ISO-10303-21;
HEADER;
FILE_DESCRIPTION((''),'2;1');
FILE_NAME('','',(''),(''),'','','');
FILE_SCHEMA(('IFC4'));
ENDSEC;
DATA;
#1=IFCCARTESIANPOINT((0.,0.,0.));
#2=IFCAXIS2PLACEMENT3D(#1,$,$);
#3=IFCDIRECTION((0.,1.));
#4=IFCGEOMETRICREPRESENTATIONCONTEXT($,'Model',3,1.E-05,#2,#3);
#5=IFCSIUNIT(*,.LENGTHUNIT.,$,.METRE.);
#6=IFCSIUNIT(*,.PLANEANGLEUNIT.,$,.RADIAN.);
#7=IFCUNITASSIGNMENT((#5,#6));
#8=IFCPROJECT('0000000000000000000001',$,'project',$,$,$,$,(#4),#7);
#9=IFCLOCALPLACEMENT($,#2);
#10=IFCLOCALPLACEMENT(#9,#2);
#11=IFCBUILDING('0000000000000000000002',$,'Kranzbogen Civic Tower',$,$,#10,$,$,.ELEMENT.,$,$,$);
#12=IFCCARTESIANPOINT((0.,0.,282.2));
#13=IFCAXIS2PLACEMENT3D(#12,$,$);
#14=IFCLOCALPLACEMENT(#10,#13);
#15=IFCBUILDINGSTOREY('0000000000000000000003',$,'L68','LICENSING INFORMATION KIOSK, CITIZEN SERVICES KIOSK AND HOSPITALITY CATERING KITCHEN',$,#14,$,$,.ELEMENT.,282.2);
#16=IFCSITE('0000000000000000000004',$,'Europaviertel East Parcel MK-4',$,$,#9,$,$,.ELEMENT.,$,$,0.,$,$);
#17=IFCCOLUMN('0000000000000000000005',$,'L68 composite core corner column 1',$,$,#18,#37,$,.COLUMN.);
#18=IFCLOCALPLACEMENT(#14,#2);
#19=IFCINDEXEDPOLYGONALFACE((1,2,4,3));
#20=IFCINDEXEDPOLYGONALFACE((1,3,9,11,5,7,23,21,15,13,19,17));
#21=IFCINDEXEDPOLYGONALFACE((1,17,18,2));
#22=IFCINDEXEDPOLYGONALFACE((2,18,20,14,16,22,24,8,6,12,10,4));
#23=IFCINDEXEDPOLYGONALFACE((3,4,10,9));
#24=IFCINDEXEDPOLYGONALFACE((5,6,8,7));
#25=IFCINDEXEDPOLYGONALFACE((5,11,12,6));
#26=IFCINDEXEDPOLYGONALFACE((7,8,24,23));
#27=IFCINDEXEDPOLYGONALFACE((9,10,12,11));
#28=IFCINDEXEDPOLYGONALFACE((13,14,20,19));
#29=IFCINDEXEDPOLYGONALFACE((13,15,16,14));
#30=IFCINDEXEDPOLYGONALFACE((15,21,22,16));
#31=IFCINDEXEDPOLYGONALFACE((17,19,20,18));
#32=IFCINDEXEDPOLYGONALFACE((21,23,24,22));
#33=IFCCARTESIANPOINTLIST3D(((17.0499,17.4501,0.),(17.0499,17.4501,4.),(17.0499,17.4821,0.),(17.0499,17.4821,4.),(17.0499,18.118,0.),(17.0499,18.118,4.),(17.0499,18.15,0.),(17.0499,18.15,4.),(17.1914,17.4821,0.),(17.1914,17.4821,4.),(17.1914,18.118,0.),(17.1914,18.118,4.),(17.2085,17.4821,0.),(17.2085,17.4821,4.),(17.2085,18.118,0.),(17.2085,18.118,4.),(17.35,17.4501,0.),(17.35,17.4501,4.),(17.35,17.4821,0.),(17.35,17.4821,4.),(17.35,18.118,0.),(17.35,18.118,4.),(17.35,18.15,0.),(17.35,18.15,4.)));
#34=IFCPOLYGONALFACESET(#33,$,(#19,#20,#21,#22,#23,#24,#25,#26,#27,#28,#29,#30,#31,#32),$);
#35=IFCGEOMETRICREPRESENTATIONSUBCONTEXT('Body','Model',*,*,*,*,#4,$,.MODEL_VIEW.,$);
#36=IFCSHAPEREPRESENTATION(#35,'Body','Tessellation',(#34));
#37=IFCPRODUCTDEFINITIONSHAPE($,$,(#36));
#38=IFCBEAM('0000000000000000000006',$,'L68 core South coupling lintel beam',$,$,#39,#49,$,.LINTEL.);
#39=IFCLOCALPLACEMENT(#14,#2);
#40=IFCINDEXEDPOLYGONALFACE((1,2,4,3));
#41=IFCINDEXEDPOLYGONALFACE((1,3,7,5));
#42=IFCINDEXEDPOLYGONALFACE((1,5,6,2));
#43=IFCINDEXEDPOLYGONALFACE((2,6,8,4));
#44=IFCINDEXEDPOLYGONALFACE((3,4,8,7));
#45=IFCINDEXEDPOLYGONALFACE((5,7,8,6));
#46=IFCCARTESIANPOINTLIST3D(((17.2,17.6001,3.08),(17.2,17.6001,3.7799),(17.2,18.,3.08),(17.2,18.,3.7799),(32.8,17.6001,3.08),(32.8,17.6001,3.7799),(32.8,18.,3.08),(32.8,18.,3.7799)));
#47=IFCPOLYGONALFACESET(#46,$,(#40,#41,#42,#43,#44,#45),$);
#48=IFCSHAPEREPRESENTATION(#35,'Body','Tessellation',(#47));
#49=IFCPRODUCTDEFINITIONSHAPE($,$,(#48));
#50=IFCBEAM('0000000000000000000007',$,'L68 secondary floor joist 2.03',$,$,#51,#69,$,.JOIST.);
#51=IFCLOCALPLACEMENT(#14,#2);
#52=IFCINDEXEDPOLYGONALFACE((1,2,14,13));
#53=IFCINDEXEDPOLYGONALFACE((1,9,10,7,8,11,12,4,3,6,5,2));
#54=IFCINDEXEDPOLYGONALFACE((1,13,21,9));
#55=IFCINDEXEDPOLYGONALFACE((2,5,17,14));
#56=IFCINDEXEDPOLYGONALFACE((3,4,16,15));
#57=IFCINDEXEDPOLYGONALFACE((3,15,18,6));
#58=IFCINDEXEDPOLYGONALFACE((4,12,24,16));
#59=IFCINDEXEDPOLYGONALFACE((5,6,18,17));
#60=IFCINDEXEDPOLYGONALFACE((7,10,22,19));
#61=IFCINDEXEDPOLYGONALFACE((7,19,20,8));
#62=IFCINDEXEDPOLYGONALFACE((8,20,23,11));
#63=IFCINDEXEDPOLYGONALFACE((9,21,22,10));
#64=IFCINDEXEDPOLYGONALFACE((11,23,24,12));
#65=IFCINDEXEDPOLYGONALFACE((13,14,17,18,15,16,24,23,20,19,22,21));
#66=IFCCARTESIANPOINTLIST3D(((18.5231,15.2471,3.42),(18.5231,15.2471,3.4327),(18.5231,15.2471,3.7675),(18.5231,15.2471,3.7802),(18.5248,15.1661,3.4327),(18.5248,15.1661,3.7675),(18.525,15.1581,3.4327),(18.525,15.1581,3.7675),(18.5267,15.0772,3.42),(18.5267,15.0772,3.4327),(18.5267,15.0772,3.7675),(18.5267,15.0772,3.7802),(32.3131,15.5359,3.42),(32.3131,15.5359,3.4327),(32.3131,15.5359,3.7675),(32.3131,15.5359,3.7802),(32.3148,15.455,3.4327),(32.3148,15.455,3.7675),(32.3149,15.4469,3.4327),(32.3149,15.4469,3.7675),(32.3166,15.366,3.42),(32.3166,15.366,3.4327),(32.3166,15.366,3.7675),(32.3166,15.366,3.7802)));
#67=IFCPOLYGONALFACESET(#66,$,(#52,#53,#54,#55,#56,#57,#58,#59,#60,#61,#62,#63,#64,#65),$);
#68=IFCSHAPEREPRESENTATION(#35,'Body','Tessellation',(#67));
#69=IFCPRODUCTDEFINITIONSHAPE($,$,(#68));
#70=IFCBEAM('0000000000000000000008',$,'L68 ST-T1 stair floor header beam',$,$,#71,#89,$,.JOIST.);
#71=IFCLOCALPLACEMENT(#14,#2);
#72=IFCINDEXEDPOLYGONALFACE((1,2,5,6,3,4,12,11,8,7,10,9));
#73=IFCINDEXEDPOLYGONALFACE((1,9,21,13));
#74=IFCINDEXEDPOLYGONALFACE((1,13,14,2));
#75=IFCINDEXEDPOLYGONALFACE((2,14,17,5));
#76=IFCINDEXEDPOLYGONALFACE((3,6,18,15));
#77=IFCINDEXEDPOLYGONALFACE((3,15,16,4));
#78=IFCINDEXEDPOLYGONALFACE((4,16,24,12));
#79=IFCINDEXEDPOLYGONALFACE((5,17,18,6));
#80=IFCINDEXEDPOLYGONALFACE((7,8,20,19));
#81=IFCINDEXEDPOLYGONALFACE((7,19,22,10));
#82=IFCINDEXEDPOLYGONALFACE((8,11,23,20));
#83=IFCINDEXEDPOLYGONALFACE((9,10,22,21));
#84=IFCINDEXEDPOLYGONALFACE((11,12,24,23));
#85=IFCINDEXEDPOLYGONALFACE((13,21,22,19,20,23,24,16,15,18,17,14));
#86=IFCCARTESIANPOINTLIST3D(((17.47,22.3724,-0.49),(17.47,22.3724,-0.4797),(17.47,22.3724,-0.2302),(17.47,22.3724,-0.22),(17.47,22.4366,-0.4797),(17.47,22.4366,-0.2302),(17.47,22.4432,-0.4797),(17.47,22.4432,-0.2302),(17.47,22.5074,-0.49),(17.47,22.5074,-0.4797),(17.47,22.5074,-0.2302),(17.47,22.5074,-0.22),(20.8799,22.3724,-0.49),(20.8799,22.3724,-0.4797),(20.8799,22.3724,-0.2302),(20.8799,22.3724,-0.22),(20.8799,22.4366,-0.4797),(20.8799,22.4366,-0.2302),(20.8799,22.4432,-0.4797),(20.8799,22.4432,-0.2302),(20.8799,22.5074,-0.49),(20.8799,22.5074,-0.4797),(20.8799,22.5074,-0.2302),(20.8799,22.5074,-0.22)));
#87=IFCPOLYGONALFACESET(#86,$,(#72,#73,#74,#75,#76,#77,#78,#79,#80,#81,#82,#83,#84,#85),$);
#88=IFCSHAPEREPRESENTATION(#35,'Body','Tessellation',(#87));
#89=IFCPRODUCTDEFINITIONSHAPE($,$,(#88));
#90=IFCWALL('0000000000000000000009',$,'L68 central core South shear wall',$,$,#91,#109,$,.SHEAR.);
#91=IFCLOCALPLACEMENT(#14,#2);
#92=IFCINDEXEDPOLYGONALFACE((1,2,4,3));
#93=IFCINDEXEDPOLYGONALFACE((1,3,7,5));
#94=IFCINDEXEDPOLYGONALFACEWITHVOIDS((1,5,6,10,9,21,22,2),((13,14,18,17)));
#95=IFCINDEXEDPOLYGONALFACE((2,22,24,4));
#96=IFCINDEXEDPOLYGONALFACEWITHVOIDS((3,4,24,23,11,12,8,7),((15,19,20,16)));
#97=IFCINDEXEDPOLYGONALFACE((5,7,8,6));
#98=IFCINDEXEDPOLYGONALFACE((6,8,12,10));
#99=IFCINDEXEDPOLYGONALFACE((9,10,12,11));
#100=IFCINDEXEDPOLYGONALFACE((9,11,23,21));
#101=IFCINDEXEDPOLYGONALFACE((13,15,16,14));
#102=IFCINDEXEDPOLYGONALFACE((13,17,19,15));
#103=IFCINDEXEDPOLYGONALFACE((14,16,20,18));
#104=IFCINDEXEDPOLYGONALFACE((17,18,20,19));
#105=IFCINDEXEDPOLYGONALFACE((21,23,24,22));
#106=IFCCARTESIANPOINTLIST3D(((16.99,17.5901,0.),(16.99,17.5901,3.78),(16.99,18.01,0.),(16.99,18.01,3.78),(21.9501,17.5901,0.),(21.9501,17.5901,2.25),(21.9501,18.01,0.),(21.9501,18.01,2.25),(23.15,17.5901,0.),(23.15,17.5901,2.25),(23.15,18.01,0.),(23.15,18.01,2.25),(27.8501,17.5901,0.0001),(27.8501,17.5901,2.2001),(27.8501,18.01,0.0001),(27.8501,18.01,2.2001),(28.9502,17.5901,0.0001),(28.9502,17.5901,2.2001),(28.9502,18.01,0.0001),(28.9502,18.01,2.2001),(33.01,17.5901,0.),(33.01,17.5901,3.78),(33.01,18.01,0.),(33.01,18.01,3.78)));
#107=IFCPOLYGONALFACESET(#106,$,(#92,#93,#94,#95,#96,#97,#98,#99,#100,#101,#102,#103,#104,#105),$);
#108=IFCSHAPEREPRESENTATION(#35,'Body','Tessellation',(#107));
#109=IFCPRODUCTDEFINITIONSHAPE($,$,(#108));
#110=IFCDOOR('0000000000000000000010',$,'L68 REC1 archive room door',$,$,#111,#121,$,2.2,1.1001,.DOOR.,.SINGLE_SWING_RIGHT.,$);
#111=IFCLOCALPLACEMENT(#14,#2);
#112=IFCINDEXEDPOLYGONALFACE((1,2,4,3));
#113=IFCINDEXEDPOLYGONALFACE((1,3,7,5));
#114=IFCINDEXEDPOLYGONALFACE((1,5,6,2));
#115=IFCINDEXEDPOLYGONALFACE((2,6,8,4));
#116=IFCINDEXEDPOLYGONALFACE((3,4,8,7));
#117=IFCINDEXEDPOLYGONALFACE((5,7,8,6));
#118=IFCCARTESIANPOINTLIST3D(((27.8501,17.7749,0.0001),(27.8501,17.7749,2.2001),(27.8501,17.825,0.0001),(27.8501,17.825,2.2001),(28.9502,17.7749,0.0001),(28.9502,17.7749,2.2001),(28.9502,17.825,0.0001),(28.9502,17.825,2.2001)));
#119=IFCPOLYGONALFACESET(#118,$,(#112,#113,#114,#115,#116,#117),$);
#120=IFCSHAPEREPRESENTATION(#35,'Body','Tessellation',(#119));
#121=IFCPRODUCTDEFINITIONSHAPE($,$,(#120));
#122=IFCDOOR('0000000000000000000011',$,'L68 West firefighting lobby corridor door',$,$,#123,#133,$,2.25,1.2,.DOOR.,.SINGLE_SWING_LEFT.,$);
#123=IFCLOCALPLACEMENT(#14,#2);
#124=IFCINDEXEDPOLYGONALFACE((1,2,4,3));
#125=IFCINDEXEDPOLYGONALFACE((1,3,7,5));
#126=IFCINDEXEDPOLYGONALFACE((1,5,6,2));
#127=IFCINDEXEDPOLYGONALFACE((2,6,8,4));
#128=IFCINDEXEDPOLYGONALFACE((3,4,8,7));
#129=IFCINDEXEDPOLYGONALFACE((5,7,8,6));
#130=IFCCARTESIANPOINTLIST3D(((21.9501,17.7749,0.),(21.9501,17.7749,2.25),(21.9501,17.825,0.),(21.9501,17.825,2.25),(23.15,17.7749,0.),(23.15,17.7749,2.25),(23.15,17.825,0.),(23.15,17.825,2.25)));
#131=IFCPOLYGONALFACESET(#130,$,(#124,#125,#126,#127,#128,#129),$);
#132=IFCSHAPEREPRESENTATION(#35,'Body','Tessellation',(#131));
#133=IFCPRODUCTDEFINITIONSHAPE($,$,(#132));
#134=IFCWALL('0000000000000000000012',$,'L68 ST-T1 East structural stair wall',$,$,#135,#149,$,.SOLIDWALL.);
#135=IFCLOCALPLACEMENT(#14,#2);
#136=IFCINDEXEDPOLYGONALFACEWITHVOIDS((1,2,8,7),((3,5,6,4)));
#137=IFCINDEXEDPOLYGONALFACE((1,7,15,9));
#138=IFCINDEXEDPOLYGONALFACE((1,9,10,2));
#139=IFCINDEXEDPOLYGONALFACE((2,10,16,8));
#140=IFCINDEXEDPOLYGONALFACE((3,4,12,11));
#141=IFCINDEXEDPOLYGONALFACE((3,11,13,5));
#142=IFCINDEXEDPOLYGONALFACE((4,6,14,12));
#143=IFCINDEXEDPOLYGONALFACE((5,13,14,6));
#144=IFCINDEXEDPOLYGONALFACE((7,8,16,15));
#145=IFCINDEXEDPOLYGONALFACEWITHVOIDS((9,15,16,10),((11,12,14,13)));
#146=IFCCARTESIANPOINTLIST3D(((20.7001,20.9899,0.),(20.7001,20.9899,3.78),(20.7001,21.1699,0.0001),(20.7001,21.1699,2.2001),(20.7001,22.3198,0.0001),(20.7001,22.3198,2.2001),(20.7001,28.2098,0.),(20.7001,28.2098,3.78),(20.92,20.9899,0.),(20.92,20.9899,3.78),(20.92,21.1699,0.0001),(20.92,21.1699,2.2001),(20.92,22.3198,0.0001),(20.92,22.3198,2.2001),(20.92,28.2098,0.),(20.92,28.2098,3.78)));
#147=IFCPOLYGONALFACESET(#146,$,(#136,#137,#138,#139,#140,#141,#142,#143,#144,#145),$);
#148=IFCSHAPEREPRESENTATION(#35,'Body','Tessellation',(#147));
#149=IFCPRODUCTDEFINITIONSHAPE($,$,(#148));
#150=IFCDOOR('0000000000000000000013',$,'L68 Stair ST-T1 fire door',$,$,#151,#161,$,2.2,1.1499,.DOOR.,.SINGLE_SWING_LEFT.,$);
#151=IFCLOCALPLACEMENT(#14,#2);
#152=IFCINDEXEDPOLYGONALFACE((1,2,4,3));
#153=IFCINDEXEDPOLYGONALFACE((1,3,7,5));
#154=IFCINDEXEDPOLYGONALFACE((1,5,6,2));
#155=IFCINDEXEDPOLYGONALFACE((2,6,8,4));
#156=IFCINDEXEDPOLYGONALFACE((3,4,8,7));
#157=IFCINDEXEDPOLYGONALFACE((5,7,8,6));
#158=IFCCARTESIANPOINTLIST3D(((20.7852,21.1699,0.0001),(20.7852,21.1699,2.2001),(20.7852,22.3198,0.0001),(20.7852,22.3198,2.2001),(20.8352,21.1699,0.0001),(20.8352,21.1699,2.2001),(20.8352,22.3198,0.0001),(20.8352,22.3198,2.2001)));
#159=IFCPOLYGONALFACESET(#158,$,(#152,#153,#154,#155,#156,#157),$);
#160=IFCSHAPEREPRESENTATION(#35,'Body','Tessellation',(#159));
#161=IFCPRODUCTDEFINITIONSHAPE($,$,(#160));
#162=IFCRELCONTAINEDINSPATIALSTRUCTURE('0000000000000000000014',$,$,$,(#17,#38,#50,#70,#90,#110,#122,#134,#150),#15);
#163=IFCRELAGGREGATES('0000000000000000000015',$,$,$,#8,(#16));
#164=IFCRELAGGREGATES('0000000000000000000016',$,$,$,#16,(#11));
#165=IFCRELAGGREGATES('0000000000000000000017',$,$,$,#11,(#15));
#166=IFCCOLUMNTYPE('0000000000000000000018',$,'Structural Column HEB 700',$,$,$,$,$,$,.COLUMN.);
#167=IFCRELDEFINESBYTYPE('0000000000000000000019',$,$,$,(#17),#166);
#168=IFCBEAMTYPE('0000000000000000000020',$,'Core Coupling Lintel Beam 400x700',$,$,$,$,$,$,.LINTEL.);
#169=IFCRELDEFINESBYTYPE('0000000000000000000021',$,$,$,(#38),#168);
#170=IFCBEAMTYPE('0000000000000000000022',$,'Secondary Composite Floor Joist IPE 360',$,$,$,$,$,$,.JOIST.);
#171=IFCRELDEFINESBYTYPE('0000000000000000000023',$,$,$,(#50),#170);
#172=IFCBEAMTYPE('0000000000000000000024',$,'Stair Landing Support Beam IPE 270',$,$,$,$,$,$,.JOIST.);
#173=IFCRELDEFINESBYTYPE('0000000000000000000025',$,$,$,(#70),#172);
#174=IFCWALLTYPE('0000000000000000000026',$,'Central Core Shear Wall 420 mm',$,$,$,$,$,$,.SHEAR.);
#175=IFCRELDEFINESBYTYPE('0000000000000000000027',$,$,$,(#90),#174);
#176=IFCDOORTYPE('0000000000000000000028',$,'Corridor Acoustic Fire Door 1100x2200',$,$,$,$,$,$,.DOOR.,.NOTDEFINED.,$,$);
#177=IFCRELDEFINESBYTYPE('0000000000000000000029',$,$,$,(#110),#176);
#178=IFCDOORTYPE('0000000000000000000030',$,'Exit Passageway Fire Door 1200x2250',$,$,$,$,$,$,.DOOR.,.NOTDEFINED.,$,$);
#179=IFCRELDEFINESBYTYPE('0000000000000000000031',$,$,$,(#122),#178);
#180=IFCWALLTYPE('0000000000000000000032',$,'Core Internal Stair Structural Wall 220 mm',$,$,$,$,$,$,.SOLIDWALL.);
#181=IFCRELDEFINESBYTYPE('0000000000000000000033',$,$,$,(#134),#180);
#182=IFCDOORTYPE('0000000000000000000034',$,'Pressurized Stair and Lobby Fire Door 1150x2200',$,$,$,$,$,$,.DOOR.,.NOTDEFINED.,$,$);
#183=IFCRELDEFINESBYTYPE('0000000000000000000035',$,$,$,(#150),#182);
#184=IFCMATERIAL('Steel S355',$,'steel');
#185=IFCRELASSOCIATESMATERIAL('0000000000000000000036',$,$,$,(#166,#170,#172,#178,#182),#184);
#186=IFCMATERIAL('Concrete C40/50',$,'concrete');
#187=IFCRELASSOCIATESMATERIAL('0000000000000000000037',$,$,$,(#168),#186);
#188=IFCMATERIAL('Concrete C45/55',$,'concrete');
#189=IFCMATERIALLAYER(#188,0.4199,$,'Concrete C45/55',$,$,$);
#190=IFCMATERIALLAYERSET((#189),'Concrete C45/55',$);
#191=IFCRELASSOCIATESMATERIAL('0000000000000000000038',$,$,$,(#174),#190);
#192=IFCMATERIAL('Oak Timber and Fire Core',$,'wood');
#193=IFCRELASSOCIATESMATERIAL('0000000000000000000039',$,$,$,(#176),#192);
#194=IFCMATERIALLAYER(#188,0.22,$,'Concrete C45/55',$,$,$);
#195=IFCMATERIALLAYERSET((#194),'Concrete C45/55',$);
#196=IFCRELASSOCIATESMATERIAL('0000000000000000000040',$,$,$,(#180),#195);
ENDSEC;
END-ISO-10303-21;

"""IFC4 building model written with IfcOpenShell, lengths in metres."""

from ifc_helpers import new_model, si_unit, direction, frame, frame_2d, origin, origin_2d, place, context, subcontext, project, spatial, rectangle, i_section, extrude, material, layer, layer_set, material_profile, profile_set, type_object, element, fill, save


model = new_model("IFC4")

# Units and contexts
model_context = context("Model", 3, precision=1e-05, world=origin(), true_north=direction((0.0, 1.0)))
body_context = subcontext(model_context, "Body", "Model", "MODEL_VIEW")
ifc_project = project(units=[si_unit("LENGTHUNIT", "METRE"), si_unit("PLANEANGLEUNIT", "RADIAN")], contexts=[model_context])

# Site, building, storey
site_placement = place(None, origin())
site = spatial("IfcSite", under=ifc_project, at=site_placement, Name="Europaviertel East Parcel MK-4", CompositionType="ELEMENT", RefElevation=0.0)
building_placement = place(site_placement, origin())
building = spatial("IfcBuilding", under=site, at=building_placement, Name="Kranzbogen Civic Tower", CompositionType="ELEMENT")
storey_placement = place(building_placement, frame((0.0, 0.0, 282.2)))
storey = spatial("IfcBuildingStorey", under=building, at=storey_placement, Name="L68", Description="LICENSING INFORMATION KIOSK, CITIZEN SERVICES KIOSK AND HOSPITALITY CATERING KITCHEN", CompositionType="ELEMENT", Elevation=282.2)

# Column
ifc_material_1 = material(Name="Steel S355", Category="steel")
ifc_material_profile_1 = material_profile(ifc_material_1, i_section(OverallWidth=0.3, OverallDepth=0.7, WebThickness=0.0171, FlangeThickness=0.032, at=origin_2d()), Name="HEB 700")
ifc_profile_set_1 = profile_set([ifc_material_profile_1], Name="Steel S355")
column_type = type_object("IfcColumnType", Name="Structural Column HEB 700", PredefinedType="COLUMN", material=ifc_profile_set_1)
column_placement = place(storey_placement, frame((17.2, 17.8, 0.0), z_axis=(0.0, 0.0, 1.0), x_axis=(1.0, 0.0, 0.0)))
element("IfcColumn", 1, at=column_placement, inside=storey, type_object=column_type, Name="L68 composite core corner column 1", PredefinedType="COLUMN", context=body_context, shape_type="SweptSolid", body=[
    extrude(i_section(OverallWidth=0.3, OverallDepth=0.7, WebThickness=0.0171, FlangeThickness=0.032, at=origin_2d()), origin(), (0.0, 0.0, 1.0), 4.0),
])

# Beams
ifc_material_2 = material(Name="Concrete C40/50", Category="concrete")
ifc_material_profile_2 = material_profile(ifc_material_2, rectangle(XDim=0.3999, YDim=0.7, at=origin_2d()), Name="RC-BM 400x700")
ifc_profile_set_2 = profile_set([ifc_material_profile_2], Name="Concrete C40/50")
beam_type_1 = type_object("IfcBeamType", Name="Core Coupling Lintel Beam 400x700", PredefinedType="LINTEL", material=ifc_profile_set_2)
beam_1_placement = place(storey_placement, frame((17.2, 17.8, 3.4299), z_axis=(1.0, 0.0, 0.0), x_axis=(0.0, 1.0, 0.0)))
element("IfcBeam", 2, at=beam_1_placement, inside=storey, type_object=beam_type_1, Name="L68 core South coupling lintel beam", PredefinedType="LINTEL", context=body_context, shape_type="SweptSolid", body=[
    extrude(rectangle(XDim=0.3999, YDim=0.7, at=origin_2d()), origin(), (0.0, 0.0, 1.0), 15.6001),
])
ifc_material_profile_3 = material_profile(ifc_material_1, i_section(OverallWidth=0.1699, OverallDepth=0.3601, WebThickness=0.0081, FlangeThickness=0.0127, at=origin_2d()), Name="IPE 360")
ifc_profile_set_3 = profile_set([ifc_material_profile_3], Name="Steel S355")
beam_type_2 = type_object("IfcBeamType", Name="Secondary Composite Floor Joist IPE 360", PredefinedType="JOIST", material=ifc_profile_set_3)
beam_2_placement = place(storey_placement, frame((18.5249, 15.1621, 3.6001), z_axis=(0.999781, 0.020939, 0.0), x_axis=(-0.020939, 0.999781, 0.0)))
element("IfcBeam", 3, at=beam_2_placement, inside=storey, type_object=beam_type_2, Name="L68 secondary floor joist 2.03", PredefinedType="JOIST", context=body_context, shape_type="SweptSolid", body=[
    extrude(i_section(OverallWidth=0.1699, OverallDepth=0.3601, WebThickness=0.0081, FlangeThickness=0.0127, at=origin_2d()), origin(), (0.0, 0.0, 1.0), 13.793),
])
ifc_material_profile_4 = material_profile(ifc_material_1, i_section(OverallWidth=0.135, OverallDepth=0.27, WebThickness=0.0066, FlangeThickness=0.0103, at=origin_2d()), Name="IPE 270")
ifc_profile_set_4 = profile_set([ifc_material_profile_4], Name="Steel S355")
beam_type_3 = type_object("IfcBeamType", Name="Stair Landing Support Beam IPE 270", PredefinedType="JOIST", material=ifc_profile_set_4)
beam_3_placement = place(storey_placement, frame((20.8799, 22.4399, -0.355), z_axis=(-1.0, 0.0, 0.0), x_axis=(0.0, -1.0, 0.0)))
element("IfcBeam", 4, at=beam_3_placement, inside=storey, type_object=beam_type_3, Name="L68 ST-T1 stair floor header beam", PredefinedType="JOIST", context=body_context, shape_type="SweptSolid", body=[
    extrude(i_section(OverallWidth=0.135, OverallDepth=0.27, WebThickness=0.0066, FlangeThickness=0.0103, at=origin_2d()), origin(), (0.0, 0.0, 1.0), 3.4099),
])

# Wall, openings, doors
ifc_material_3 = material(Name="Concrete C45/55", Category="concrete")
ifc_layer_1 = layer(ifc_material_3, 0.4199, Name="Concrete C45/55")
ifc_layer_set_1 = layer_set([ifc_layer_1], Name="Concrete C45/55")
wall_type_1 = type_object("IfcWallType", Name="Central Core Shear Wall 420 mm", PredefinedType="SHEAR", material=ifc_layer_set_1)
wall_1_placement = place(storey_placement, frame((16.99, 17.8, 0.0), z_axis=(0.0, 0.0, 1.0), x_axis=(1.0, 0.0, 0.0)))
wall_1 = element("IfcWall", 5, at=wall_1_placement, inside=storey, type_object=wall_type_1, Name="L68 central core South shear wall", PredefinedType="SHEAR", context=body_context, shape_type="SweptSolid", body=[
    extrude(rectangle(XDim=16.02, YDim=0.4199, at=frame_2d((8.01, 0.0))), origin(), (0.0, 0.0, 1.0), 3.78),
])
opening_1_placement = place(wall_1_placement, frame((4.96, 0.0, 0.0)))
opening_1 = element("IfcOpeningElement", 6, at=opening_1_placement, cuts=wall_1, PredefinedType="OPENING", context=body_context, shape_type="SweptSolid", body=[
    extrude(rectangle(XDim=1.2, YDim=2.25, at=frame_2d((0.6001, 1.125))), frame((0.0, 0.22, 0.0), z_axis=(0.0, -1.0, 0.0), x_axis=(1.0, 0.0, 0.0)), (0.0, 0.0, 1.0), 0.4399),
])
opening_2_placement = place(wall_1_placement, frame((10.8601, 0.0, 0.0)))
opening_2 = element("IfcOpeningElement", 7, at=opening_2_placement, cuts=wall_1, PredefinedType="OPENING", context=body_context, shape_type="SweptSolid", body=[
    extrude(rectangle(XDim=1.1001, YDim=2.2, at=frame_2d((0.55, 1.1001))), frame((0.0, 0.22, 0.0), z_axis=(0.0, -1.0, 0.0), x_axis=(1.0, 0.0, 0.0)), (0.0, 0.0, 1.0), 0.4399),
])
ifc_material_4 = material(Name="Oak Timber and Fire Core", Category="wood")
door_type_1 = type_object("IfcDoorType", Name="Corridor Acoustic Fire Door 1100x2200", OperationType="NOTDEFINED", PredefinedType="DOOR", material=ifc_material_4)
door_1_placement = place(opening_2_placement, origin())
door_1 = element("IfcDoor", 8, at=door_1_placement, inside=storey, type_object=door_type_1, Name="L68 REC1 archive room door", OperationType="SINGLE_SWING_RIGHT", OverallHeight=2.2, OverallWidth=1.1001, PredefinedType="DOOR", context=body_context, shape_type="SweptSolid", body=[
    extrude(rectangle(XDim=1.1001, YDim=2.2, at=frame_2d((0.55, 1.1001))), frame((0.0, 0.0249, 0.0), z_axis=(0.0, -1.0, 0.0), x_axis=(1.0, 0.0, 0.0)), (0.0, 0.0, 1.0), 0.05),
])
fill(opening_2, door_1)
door_type_2 = type_object("IfcDoorType", Name="Exit Passageway Fire Door 1200x2250", OperationType="NOTDEFINED", PredefinedType="DOOR", material=ifc_material_1)
door_2_placement = place(opening_1_placement, origin())
door_2 = element("IfcDoor", 9, at=door_2_placement, inside=storey, type_object=door_type_2, Name="L68 West firefighting lobby corridor door", OperationType="SINGLE_SWING_LEFT", OverallHeight=2.25, OverallWidth=1.2, PredefinedType="DOOR", context=body_context, shape_type="SweptSolid", body=[
    extrude(rectangle(XDim=1.2, YDim=2.25, at=frame_2d((0.6001, 1.125))), frame((0.0, 0.0249, 0.0), z_axis=(0.0, -1.0, 0.0), x_axis=(1.0, 0.0, 0.0)), (0.0, 0.0, 1.0), 0.05),
])
fill(opening_1, door_2)

# Wall, opening, door
ifc_layer_2 = layer(ifc_material_3, 0.22, Name="Concrete C45/55")
ifc_layer_set_2 = layer_set([ifc_layer_2], Name="Concrete C45/55")
wall_type_2 = type_object("IfcWallType", Name="Core Internal Stair Structural Wall 220 mm", PredefinedType="SOLIDWALL", material=ifc_layer_set_2)
wall_2_placement = place(storey_placement, frame((20.8101, 20.99, 0.0), z_axis=(0.0, 0.0, 1.0), x_axis=(0.0, 1.0, 0.0)))
wall_2 = element("IfcWall", 10, at=wall_2_placement, inside=storey, type_object=wall_type_2, Name="L68 ST-T1 East structural stair wall", PredefinedType="SOLIDWALL", context=body_context, shape_type="SweptSolid", body=[
    extrude(rectangle(XDim=7.22, YDim=0.22, at=frame_2d((3.6099, 0.0))), origin(), (0.0, 0.0, 1.0), 3.78),
])
opening_3_placement = place(wall_2_placement, frame((0.1799, 0.0, 0.0)))
opening_3 = element("IfcOpeningElement", 11, at=opening_3_placement, cuts=wall_2, PredefinedType="OPENING", context=body_context, shape_type="SweptSolid", body=[
    extrude(rectangle(XDim=1.1499, YDim=2.2, at=frame_2d((0.575, 1.1001))), frame((0.0, 0.1201, 0.0), z_axis=(0.0, -1.0, 0.0), x_axis=(1.0, 0.0, 0.0)), (0.0, 0.0, 1.0), 0.24),
])
door_type_3 = type_object("IfcDoorType", Name="Pressurized Stair and Lobby Fire Door 1150x2200", OperationType="NOTDEFINED", PredefinedType="DOOR", material=ifc_material_1)
door_3_placement = place(opening_3_placement, origin())
door_3 = element("IfcDoor", 12, at=door_3_placement, inside=storey, type_object=door_type_3, Name="L68 Stair ST-T1 fire door", OperationType="SINGLE_SWING_LEFT", OverallHeight=2.2, OverallWidth=1.1499, PredefinedType="DOOR", context=body_context, shape_type="SweptSolid", body=[
    extrude(rectangle(XDim=1.1499, YDim=2.2, at=frame_2d((0.575, 1.1001))), frame((0.0, 0.0249, 0.0), z_axis=(0.0, -1.0, 0.0), x_axis=(1.0, 0.0, 0.0)), (0.0, 0.0, 1.0), 0.05),
])
fill(opening_3, door_3)

save(model, "model.ifc")
